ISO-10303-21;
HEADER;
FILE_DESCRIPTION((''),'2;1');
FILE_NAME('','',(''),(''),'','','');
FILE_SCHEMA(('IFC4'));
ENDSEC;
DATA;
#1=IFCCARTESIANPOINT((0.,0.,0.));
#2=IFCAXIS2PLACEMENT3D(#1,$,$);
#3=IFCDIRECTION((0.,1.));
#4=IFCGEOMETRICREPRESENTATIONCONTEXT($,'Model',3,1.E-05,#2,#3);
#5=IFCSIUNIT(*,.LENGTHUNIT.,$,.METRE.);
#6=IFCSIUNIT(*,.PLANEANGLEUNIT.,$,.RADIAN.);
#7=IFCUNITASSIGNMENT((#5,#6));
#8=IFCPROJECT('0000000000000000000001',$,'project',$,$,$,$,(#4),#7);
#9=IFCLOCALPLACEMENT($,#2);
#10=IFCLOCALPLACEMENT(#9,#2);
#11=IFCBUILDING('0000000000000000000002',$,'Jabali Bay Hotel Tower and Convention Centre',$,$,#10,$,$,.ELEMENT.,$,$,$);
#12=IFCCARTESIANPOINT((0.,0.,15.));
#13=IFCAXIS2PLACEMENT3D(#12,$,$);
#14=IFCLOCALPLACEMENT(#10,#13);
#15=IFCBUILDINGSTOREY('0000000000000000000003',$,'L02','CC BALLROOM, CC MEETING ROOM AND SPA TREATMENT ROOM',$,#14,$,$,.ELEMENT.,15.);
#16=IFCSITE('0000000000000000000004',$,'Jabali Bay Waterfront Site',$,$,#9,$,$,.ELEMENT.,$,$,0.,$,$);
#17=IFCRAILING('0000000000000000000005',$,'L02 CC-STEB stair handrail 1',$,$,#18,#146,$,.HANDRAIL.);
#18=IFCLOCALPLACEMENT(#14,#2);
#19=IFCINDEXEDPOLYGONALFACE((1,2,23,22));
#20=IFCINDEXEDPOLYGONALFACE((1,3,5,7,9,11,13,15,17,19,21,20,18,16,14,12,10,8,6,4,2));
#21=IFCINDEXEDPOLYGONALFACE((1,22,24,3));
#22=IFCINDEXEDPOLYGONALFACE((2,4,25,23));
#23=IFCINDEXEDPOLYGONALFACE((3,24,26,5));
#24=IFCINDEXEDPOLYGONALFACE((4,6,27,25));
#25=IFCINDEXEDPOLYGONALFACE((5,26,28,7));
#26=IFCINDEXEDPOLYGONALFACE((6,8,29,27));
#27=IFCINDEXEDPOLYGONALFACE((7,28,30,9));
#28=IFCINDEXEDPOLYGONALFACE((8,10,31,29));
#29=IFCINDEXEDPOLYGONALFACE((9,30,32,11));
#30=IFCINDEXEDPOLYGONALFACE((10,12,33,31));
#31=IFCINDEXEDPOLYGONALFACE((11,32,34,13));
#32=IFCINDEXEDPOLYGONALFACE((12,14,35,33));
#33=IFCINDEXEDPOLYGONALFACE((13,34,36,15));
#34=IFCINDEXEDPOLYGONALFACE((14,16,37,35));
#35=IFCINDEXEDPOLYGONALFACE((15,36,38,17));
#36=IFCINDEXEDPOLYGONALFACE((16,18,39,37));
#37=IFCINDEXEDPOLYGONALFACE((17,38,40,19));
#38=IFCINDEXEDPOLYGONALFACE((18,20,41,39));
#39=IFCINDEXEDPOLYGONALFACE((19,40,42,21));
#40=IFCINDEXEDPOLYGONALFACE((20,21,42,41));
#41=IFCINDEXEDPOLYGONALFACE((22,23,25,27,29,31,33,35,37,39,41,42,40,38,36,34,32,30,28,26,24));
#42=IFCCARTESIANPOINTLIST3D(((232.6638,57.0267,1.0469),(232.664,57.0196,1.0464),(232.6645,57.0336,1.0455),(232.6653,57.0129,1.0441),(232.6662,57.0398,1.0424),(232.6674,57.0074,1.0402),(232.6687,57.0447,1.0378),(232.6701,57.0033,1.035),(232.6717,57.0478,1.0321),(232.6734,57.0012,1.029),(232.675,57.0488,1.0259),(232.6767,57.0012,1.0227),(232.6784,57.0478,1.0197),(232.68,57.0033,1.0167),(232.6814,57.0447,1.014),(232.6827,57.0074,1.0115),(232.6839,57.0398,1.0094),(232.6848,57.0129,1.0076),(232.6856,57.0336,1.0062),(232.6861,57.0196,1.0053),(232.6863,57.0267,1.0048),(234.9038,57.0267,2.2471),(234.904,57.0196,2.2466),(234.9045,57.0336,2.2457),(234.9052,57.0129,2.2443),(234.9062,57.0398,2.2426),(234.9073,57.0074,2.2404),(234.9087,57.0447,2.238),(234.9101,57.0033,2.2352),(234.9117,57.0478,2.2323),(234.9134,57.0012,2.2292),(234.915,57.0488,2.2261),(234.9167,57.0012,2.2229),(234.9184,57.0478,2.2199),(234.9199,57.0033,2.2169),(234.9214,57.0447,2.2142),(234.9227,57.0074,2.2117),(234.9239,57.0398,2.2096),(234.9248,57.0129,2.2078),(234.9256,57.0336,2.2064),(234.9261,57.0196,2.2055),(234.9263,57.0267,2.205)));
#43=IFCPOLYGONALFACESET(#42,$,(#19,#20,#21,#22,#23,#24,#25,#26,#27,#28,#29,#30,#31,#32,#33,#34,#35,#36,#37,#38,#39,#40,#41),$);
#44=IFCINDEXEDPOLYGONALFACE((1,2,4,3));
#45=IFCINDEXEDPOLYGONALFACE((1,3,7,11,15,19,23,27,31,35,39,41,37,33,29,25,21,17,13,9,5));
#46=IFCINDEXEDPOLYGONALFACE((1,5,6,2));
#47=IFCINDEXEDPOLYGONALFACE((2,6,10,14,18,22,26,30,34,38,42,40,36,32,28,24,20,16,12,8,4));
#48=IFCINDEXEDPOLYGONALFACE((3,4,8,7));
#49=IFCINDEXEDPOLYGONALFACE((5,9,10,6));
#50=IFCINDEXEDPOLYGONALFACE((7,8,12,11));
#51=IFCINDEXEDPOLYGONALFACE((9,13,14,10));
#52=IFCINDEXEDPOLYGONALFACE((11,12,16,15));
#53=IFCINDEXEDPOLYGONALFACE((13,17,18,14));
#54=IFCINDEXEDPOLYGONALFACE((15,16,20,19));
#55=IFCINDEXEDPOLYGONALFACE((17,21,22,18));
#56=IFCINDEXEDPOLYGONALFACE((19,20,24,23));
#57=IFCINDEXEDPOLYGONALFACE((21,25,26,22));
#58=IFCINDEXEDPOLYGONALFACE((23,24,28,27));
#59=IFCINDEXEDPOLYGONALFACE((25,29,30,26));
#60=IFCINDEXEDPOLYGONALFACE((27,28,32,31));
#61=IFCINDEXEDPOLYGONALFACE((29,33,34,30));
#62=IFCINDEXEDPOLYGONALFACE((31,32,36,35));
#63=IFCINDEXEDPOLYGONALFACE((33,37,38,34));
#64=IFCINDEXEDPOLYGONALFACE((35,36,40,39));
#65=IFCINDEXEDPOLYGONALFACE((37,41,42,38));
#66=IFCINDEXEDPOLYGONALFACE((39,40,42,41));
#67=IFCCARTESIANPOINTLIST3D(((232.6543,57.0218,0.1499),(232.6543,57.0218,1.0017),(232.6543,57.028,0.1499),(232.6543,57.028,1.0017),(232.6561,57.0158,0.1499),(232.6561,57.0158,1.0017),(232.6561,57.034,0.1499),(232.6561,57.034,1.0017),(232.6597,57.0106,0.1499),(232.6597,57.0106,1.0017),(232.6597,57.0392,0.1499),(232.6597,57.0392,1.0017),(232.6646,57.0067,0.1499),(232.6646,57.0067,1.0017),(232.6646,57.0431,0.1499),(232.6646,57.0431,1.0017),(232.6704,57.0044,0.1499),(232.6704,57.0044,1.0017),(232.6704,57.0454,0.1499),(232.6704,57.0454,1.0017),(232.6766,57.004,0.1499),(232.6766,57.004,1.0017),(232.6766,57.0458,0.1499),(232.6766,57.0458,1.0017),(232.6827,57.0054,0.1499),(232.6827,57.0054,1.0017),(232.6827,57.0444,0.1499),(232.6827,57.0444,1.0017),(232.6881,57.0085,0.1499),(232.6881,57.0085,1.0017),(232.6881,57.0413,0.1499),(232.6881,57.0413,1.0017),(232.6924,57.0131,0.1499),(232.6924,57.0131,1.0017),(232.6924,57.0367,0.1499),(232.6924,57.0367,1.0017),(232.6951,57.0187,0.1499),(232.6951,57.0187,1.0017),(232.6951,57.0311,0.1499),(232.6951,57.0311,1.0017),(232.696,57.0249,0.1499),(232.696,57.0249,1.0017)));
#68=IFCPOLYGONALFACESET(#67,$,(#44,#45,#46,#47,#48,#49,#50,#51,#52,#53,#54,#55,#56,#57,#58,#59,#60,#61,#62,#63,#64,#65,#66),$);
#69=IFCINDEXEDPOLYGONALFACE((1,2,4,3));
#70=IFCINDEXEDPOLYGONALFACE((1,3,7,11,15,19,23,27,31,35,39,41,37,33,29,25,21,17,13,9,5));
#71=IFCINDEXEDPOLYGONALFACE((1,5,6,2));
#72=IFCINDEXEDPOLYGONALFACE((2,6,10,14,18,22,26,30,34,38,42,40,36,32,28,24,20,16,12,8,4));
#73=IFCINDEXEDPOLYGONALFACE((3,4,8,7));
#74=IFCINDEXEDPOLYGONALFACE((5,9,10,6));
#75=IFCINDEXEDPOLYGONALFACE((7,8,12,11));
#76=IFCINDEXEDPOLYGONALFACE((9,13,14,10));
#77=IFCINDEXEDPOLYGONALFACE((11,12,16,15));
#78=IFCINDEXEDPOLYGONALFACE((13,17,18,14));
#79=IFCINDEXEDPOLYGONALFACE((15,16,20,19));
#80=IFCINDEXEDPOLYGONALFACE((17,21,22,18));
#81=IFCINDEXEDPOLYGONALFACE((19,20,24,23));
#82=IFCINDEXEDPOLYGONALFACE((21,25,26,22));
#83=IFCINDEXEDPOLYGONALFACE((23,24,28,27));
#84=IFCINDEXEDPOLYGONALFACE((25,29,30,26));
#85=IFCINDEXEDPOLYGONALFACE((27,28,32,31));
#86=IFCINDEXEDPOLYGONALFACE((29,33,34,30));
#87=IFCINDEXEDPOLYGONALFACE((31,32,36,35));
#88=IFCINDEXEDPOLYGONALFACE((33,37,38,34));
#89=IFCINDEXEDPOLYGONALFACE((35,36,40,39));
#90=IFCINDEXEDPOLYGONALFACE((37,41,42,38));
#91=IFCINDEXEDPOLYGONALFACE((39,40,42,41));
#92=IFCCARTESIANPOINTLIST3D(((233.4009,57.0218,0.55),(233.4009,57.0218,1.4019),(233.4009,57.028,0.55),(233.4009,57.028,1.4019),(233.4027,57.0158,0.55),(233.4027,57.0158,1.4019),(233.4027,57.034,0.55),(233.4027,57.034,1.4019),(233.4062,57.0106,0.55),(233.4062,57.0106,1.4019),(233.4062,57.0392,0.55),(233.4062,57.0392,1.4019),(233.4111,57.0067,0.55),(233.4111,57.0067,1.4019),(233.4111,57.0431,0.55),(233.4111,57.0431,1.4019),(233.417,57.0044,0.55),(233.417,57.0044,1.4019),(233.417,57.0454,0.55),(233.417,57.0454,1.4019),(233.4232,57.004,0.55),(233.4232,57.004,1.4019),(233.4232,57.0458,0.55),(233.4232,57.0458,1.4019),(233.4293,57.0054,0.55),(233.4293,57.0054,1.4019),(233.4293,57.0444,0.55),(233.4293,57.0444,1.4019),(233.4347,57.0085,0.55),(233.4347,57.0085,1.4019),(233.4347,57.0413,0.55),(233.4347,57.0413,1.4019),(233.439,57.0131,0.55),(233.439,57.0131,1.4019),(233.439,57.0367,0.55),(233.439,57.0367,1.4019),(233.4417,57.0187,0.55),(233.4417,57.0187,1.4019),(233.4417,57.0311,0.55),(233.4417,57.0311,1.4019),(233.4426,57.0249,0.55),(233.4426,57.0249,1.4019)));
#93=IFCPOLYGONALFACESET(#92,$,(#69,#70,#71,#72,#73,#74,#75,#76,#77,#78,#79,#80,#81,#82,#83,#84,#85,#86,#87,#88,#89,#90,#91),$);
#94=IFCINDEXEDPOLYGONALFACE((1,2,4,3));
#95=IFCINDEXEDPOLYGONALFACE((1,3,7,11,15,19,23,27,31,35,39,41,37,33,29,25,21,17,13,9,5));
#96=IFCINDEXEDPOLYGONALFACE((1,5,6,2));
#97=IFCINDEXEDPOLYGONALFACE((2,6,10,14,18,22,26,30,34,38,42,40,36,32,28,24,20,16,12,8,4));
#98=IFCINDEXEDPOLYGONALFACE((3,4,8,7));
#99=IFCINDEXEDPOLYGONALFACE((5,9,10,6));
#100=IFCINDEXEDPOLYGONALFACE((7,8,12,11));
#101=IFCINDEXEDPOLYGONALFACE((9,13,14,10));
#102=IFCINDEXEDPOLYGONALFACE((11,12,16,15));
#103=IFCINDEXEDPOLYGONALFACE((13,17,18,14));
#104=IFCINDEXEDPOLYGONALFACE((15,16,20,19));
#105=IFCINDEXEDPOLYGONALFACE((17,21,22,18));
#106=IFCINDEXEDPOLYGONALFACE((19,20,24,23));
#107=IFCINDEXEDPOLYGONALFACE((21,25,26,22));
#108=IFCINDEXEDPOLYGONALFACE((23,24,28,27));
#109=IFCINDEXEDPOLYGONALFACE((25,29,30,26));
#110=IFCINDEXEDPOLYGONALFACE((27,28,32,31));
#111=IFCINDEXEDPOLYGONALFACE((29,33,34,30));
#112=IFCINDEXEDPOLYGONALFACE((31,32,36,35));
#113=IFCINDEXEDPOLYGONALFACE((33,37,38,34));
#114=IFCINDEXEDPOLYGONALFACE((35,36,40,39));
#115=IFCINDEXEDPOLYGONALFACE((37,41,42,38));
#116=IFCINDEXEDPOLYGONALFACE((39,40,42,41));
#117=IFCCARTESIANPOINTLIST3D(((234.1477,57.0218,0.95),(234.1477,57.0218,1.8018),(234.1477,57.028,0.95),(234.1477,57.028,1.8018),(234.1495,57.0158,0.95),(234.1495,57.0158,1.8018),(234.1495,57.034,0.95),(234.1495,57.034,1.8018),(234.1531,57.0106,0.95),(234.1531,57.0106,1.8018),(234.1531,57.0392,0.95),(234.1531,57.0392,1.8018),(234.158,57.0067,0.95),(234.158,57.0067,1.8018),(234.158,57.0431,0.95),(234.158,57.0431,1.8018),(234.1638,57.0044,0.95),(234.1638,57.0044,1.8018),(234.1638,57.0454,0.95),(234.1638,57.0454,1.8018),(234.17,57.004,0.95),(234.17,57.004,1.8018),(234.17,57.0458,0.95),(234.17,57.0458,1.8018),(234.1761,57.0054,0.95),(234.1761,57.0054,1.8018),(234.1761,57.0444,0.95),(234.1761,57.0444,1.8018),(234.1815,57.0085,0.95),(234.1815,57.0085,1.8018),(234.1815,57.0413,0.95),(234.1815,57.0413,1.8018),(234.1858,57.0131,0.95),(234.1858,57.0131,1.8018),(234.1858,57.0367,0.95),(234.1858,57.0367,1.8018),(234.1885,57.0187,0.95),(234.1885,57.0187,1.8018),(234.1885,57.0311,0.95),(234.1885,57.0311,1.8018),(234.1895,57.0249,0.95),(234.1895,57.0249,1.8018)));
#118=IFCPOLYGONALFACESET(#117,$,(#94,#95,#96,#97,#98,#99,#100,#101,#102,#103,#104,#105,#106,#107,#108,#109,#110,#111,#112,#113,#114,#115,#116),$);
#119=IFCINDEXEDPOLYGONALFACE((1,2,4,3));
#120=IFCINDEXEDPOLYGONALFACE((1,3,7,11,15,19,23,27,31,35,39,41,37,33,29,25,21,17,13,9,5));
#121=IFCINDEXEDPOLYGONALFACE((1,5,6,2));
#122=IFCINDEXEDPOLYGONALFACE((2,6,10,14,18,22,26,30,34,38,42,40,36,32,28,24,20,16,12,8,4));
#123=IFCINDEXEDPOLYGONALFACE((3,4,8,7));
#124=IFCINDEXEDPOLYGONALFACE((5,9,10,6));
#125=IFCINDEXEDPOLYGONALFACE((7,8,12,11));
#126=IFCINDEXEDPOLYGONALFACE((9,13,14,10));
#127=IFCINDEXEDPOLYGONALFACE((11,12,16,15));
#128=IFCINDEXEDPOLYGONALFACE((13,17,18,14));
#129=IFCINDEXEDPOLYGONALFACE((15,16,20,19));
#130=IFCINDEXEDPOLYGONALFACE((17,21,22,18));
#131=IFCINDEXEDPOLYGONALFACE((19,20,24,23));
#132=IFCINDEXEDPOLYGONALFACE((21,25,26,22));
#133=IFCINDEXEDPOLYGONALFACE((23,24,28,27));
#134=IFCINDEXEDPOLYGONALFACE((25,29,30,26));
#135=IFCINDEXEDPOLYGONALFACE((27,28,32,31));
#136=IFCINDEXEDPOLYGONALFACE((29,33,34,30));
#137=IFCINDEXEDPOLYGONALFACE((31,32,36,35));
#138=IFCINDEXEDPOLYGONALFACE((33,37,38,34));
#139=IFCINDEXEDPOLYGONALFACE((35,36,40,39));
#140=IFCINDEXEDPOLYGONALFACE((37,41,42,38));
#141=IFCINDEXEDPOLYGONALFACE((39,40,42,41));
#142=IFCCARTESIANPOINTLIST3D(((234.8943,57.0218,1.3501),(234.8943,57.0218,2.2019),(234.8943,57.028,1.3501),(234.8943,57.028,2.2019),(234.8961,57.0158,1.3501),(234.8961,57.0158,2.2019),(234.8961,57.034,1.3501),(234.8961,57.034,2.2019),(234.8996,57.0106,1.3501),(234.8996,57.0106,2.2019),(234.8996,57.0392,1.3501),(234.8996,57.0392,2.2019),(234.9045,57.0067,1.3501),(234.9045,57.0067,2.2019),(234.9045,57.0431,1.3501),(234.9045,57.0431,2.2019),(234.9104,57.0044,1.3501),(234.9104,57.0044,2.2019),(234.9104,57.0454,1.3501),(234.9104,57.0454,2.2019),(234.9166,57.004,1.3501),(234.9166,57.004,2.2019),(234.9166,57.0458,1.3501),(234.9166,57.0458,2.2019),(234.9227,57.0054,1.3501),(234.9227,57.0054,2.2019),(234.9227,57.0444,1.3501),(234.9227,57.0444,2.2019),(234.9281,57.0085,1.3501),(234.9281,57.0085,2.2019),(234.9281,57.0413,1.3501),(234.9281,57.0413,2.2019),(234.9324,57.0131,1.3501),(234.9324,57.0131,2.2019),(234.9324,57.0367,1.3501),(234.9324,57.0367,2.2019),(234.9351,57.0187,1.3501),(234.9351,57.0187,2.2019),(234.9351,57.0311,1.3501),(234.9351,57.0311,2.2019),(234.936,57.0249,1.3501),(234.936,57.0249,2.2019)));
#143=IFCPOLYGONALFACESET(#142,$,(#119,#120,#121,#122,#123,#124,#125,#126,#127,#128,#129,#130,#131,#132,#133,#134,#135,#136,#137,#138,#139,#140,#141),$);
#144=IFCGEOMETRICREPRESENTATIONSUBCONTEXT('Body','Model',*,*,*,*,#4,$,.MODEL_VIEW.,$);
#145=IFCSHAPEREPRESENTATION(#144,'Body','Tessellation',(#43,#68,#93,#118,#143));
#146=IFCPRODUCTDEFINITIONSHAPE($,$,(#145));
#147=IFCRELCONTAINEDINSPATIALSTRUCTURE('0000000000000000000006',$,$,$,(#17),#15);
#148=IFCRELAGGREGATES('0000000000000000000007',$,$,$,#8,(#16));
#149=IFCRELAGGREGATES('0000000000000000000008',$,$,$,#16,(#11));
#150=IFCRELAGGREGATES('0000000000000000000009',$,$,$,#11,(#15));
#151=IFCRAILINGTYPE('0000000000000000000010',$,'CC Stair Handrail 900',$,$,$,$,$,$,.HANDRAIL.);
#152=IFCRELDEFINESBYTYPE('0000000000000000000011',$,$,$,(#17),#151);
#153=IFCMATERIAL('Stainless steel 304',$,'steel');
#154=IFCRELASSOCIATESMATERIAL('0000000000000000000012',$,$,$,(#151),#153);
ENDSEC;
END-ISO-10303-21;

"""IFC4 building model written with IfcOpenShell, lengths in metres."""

from ifc_helpers import new_model, si_unit, direction, frame, origin, origin_2d, place, context, subcontext, project, spatial, circle, extrude, material, type_object, element, save


model = new_model("IFC4")

# Units and contexts
model_context = context("Model", 3, precision=1e-05, world=origin(), true_north=direction((0.0, 1.0)))
body_context = subcontext(model_context, "Body", "Model", "MODEL_VIEW")
ifc_project = project(units=[si_unit("LENGTHUNIT", "METRE"), si_unit("PLANEANGLEUNIT", "RADIAN")], contexts=[model_context])

# Site, building, storey
site_placement = place(None, origin())
site = spatial("IfcSite", under=ifc_project, at=site_placement, Name="Jabali Bay Waterfront Site", CompositionType="ELEMENT", RefElevation=0.0)
building_placement = place(site_placement, origin())
building = spatial("IfcBuilding", under=site, at=building_placement, Name="Jabali Bay Hotel Tower and Convention Centre", CompositionType="ELEMENT")
storey_placement = place(building_placement, frame((0.0, 0.0, 15.0)))
storey = spatial("IfcBuildingStorey", under=building, at=storey_placement, Name="L02", Description="CC BALLROOM, CC MEETING ROOM AND SPA TREATMENT ROOM", CompositionType="ELEMENT", Elevation=15.0)

# Railing
ifc_material_1 = material(Name="Stainless steel 304", Category="steel")
railing_type_1 = type_object("IfcRailingType", Name="CC Stair Handrail 900", PredefinedType="HANDRAIL", material=ifc_material_1)
railing_1_placement = place(storey_placement, frame((232.675, 57.0249, 0.1499)))
element("IfcRailing", 1, at=railing_1_placement, inside=storey, type_object=railing_type_1, Name="L02 CC-STEB stair handrail 1", PredefinedType="HANDRAIL", context=body_context, shape_type="SweptSolid", body=[
    extrude(circle(Radius=0.0239, at=origin_2d()), frame((0.0, 0.0, 0.876), z_axis=(0.881447, 0.0, 0.472283), x_axis=(0.0, 1.0, 0.0)), (0.0, 0.0, 1.0), 2.5413),
    extrude(circle(Radius=0.021, at=origin_2d()), origin(), (0.0, 0.0, 1.0), 0.8518),
    extrude(circle(Radius=0.021, at=origin_2d()), frame((0.7466, 0.0, 0.4001)), (0.0, 0.0, 1.0), 0.8518),
    extrude(circle(Radius=0.021, at=origin_2d()), frame((1.4934, 0.0, 0.8)), (0.0, 0.0, 1.0), 0.8518),
    extrude(circle(Radius=0.021, at=origin_2d()), frame((2.24, 0.0, 1.2002)), (0.0, 0.0, 1.0), 0.8518),
])

save(model, "model.ifc")
